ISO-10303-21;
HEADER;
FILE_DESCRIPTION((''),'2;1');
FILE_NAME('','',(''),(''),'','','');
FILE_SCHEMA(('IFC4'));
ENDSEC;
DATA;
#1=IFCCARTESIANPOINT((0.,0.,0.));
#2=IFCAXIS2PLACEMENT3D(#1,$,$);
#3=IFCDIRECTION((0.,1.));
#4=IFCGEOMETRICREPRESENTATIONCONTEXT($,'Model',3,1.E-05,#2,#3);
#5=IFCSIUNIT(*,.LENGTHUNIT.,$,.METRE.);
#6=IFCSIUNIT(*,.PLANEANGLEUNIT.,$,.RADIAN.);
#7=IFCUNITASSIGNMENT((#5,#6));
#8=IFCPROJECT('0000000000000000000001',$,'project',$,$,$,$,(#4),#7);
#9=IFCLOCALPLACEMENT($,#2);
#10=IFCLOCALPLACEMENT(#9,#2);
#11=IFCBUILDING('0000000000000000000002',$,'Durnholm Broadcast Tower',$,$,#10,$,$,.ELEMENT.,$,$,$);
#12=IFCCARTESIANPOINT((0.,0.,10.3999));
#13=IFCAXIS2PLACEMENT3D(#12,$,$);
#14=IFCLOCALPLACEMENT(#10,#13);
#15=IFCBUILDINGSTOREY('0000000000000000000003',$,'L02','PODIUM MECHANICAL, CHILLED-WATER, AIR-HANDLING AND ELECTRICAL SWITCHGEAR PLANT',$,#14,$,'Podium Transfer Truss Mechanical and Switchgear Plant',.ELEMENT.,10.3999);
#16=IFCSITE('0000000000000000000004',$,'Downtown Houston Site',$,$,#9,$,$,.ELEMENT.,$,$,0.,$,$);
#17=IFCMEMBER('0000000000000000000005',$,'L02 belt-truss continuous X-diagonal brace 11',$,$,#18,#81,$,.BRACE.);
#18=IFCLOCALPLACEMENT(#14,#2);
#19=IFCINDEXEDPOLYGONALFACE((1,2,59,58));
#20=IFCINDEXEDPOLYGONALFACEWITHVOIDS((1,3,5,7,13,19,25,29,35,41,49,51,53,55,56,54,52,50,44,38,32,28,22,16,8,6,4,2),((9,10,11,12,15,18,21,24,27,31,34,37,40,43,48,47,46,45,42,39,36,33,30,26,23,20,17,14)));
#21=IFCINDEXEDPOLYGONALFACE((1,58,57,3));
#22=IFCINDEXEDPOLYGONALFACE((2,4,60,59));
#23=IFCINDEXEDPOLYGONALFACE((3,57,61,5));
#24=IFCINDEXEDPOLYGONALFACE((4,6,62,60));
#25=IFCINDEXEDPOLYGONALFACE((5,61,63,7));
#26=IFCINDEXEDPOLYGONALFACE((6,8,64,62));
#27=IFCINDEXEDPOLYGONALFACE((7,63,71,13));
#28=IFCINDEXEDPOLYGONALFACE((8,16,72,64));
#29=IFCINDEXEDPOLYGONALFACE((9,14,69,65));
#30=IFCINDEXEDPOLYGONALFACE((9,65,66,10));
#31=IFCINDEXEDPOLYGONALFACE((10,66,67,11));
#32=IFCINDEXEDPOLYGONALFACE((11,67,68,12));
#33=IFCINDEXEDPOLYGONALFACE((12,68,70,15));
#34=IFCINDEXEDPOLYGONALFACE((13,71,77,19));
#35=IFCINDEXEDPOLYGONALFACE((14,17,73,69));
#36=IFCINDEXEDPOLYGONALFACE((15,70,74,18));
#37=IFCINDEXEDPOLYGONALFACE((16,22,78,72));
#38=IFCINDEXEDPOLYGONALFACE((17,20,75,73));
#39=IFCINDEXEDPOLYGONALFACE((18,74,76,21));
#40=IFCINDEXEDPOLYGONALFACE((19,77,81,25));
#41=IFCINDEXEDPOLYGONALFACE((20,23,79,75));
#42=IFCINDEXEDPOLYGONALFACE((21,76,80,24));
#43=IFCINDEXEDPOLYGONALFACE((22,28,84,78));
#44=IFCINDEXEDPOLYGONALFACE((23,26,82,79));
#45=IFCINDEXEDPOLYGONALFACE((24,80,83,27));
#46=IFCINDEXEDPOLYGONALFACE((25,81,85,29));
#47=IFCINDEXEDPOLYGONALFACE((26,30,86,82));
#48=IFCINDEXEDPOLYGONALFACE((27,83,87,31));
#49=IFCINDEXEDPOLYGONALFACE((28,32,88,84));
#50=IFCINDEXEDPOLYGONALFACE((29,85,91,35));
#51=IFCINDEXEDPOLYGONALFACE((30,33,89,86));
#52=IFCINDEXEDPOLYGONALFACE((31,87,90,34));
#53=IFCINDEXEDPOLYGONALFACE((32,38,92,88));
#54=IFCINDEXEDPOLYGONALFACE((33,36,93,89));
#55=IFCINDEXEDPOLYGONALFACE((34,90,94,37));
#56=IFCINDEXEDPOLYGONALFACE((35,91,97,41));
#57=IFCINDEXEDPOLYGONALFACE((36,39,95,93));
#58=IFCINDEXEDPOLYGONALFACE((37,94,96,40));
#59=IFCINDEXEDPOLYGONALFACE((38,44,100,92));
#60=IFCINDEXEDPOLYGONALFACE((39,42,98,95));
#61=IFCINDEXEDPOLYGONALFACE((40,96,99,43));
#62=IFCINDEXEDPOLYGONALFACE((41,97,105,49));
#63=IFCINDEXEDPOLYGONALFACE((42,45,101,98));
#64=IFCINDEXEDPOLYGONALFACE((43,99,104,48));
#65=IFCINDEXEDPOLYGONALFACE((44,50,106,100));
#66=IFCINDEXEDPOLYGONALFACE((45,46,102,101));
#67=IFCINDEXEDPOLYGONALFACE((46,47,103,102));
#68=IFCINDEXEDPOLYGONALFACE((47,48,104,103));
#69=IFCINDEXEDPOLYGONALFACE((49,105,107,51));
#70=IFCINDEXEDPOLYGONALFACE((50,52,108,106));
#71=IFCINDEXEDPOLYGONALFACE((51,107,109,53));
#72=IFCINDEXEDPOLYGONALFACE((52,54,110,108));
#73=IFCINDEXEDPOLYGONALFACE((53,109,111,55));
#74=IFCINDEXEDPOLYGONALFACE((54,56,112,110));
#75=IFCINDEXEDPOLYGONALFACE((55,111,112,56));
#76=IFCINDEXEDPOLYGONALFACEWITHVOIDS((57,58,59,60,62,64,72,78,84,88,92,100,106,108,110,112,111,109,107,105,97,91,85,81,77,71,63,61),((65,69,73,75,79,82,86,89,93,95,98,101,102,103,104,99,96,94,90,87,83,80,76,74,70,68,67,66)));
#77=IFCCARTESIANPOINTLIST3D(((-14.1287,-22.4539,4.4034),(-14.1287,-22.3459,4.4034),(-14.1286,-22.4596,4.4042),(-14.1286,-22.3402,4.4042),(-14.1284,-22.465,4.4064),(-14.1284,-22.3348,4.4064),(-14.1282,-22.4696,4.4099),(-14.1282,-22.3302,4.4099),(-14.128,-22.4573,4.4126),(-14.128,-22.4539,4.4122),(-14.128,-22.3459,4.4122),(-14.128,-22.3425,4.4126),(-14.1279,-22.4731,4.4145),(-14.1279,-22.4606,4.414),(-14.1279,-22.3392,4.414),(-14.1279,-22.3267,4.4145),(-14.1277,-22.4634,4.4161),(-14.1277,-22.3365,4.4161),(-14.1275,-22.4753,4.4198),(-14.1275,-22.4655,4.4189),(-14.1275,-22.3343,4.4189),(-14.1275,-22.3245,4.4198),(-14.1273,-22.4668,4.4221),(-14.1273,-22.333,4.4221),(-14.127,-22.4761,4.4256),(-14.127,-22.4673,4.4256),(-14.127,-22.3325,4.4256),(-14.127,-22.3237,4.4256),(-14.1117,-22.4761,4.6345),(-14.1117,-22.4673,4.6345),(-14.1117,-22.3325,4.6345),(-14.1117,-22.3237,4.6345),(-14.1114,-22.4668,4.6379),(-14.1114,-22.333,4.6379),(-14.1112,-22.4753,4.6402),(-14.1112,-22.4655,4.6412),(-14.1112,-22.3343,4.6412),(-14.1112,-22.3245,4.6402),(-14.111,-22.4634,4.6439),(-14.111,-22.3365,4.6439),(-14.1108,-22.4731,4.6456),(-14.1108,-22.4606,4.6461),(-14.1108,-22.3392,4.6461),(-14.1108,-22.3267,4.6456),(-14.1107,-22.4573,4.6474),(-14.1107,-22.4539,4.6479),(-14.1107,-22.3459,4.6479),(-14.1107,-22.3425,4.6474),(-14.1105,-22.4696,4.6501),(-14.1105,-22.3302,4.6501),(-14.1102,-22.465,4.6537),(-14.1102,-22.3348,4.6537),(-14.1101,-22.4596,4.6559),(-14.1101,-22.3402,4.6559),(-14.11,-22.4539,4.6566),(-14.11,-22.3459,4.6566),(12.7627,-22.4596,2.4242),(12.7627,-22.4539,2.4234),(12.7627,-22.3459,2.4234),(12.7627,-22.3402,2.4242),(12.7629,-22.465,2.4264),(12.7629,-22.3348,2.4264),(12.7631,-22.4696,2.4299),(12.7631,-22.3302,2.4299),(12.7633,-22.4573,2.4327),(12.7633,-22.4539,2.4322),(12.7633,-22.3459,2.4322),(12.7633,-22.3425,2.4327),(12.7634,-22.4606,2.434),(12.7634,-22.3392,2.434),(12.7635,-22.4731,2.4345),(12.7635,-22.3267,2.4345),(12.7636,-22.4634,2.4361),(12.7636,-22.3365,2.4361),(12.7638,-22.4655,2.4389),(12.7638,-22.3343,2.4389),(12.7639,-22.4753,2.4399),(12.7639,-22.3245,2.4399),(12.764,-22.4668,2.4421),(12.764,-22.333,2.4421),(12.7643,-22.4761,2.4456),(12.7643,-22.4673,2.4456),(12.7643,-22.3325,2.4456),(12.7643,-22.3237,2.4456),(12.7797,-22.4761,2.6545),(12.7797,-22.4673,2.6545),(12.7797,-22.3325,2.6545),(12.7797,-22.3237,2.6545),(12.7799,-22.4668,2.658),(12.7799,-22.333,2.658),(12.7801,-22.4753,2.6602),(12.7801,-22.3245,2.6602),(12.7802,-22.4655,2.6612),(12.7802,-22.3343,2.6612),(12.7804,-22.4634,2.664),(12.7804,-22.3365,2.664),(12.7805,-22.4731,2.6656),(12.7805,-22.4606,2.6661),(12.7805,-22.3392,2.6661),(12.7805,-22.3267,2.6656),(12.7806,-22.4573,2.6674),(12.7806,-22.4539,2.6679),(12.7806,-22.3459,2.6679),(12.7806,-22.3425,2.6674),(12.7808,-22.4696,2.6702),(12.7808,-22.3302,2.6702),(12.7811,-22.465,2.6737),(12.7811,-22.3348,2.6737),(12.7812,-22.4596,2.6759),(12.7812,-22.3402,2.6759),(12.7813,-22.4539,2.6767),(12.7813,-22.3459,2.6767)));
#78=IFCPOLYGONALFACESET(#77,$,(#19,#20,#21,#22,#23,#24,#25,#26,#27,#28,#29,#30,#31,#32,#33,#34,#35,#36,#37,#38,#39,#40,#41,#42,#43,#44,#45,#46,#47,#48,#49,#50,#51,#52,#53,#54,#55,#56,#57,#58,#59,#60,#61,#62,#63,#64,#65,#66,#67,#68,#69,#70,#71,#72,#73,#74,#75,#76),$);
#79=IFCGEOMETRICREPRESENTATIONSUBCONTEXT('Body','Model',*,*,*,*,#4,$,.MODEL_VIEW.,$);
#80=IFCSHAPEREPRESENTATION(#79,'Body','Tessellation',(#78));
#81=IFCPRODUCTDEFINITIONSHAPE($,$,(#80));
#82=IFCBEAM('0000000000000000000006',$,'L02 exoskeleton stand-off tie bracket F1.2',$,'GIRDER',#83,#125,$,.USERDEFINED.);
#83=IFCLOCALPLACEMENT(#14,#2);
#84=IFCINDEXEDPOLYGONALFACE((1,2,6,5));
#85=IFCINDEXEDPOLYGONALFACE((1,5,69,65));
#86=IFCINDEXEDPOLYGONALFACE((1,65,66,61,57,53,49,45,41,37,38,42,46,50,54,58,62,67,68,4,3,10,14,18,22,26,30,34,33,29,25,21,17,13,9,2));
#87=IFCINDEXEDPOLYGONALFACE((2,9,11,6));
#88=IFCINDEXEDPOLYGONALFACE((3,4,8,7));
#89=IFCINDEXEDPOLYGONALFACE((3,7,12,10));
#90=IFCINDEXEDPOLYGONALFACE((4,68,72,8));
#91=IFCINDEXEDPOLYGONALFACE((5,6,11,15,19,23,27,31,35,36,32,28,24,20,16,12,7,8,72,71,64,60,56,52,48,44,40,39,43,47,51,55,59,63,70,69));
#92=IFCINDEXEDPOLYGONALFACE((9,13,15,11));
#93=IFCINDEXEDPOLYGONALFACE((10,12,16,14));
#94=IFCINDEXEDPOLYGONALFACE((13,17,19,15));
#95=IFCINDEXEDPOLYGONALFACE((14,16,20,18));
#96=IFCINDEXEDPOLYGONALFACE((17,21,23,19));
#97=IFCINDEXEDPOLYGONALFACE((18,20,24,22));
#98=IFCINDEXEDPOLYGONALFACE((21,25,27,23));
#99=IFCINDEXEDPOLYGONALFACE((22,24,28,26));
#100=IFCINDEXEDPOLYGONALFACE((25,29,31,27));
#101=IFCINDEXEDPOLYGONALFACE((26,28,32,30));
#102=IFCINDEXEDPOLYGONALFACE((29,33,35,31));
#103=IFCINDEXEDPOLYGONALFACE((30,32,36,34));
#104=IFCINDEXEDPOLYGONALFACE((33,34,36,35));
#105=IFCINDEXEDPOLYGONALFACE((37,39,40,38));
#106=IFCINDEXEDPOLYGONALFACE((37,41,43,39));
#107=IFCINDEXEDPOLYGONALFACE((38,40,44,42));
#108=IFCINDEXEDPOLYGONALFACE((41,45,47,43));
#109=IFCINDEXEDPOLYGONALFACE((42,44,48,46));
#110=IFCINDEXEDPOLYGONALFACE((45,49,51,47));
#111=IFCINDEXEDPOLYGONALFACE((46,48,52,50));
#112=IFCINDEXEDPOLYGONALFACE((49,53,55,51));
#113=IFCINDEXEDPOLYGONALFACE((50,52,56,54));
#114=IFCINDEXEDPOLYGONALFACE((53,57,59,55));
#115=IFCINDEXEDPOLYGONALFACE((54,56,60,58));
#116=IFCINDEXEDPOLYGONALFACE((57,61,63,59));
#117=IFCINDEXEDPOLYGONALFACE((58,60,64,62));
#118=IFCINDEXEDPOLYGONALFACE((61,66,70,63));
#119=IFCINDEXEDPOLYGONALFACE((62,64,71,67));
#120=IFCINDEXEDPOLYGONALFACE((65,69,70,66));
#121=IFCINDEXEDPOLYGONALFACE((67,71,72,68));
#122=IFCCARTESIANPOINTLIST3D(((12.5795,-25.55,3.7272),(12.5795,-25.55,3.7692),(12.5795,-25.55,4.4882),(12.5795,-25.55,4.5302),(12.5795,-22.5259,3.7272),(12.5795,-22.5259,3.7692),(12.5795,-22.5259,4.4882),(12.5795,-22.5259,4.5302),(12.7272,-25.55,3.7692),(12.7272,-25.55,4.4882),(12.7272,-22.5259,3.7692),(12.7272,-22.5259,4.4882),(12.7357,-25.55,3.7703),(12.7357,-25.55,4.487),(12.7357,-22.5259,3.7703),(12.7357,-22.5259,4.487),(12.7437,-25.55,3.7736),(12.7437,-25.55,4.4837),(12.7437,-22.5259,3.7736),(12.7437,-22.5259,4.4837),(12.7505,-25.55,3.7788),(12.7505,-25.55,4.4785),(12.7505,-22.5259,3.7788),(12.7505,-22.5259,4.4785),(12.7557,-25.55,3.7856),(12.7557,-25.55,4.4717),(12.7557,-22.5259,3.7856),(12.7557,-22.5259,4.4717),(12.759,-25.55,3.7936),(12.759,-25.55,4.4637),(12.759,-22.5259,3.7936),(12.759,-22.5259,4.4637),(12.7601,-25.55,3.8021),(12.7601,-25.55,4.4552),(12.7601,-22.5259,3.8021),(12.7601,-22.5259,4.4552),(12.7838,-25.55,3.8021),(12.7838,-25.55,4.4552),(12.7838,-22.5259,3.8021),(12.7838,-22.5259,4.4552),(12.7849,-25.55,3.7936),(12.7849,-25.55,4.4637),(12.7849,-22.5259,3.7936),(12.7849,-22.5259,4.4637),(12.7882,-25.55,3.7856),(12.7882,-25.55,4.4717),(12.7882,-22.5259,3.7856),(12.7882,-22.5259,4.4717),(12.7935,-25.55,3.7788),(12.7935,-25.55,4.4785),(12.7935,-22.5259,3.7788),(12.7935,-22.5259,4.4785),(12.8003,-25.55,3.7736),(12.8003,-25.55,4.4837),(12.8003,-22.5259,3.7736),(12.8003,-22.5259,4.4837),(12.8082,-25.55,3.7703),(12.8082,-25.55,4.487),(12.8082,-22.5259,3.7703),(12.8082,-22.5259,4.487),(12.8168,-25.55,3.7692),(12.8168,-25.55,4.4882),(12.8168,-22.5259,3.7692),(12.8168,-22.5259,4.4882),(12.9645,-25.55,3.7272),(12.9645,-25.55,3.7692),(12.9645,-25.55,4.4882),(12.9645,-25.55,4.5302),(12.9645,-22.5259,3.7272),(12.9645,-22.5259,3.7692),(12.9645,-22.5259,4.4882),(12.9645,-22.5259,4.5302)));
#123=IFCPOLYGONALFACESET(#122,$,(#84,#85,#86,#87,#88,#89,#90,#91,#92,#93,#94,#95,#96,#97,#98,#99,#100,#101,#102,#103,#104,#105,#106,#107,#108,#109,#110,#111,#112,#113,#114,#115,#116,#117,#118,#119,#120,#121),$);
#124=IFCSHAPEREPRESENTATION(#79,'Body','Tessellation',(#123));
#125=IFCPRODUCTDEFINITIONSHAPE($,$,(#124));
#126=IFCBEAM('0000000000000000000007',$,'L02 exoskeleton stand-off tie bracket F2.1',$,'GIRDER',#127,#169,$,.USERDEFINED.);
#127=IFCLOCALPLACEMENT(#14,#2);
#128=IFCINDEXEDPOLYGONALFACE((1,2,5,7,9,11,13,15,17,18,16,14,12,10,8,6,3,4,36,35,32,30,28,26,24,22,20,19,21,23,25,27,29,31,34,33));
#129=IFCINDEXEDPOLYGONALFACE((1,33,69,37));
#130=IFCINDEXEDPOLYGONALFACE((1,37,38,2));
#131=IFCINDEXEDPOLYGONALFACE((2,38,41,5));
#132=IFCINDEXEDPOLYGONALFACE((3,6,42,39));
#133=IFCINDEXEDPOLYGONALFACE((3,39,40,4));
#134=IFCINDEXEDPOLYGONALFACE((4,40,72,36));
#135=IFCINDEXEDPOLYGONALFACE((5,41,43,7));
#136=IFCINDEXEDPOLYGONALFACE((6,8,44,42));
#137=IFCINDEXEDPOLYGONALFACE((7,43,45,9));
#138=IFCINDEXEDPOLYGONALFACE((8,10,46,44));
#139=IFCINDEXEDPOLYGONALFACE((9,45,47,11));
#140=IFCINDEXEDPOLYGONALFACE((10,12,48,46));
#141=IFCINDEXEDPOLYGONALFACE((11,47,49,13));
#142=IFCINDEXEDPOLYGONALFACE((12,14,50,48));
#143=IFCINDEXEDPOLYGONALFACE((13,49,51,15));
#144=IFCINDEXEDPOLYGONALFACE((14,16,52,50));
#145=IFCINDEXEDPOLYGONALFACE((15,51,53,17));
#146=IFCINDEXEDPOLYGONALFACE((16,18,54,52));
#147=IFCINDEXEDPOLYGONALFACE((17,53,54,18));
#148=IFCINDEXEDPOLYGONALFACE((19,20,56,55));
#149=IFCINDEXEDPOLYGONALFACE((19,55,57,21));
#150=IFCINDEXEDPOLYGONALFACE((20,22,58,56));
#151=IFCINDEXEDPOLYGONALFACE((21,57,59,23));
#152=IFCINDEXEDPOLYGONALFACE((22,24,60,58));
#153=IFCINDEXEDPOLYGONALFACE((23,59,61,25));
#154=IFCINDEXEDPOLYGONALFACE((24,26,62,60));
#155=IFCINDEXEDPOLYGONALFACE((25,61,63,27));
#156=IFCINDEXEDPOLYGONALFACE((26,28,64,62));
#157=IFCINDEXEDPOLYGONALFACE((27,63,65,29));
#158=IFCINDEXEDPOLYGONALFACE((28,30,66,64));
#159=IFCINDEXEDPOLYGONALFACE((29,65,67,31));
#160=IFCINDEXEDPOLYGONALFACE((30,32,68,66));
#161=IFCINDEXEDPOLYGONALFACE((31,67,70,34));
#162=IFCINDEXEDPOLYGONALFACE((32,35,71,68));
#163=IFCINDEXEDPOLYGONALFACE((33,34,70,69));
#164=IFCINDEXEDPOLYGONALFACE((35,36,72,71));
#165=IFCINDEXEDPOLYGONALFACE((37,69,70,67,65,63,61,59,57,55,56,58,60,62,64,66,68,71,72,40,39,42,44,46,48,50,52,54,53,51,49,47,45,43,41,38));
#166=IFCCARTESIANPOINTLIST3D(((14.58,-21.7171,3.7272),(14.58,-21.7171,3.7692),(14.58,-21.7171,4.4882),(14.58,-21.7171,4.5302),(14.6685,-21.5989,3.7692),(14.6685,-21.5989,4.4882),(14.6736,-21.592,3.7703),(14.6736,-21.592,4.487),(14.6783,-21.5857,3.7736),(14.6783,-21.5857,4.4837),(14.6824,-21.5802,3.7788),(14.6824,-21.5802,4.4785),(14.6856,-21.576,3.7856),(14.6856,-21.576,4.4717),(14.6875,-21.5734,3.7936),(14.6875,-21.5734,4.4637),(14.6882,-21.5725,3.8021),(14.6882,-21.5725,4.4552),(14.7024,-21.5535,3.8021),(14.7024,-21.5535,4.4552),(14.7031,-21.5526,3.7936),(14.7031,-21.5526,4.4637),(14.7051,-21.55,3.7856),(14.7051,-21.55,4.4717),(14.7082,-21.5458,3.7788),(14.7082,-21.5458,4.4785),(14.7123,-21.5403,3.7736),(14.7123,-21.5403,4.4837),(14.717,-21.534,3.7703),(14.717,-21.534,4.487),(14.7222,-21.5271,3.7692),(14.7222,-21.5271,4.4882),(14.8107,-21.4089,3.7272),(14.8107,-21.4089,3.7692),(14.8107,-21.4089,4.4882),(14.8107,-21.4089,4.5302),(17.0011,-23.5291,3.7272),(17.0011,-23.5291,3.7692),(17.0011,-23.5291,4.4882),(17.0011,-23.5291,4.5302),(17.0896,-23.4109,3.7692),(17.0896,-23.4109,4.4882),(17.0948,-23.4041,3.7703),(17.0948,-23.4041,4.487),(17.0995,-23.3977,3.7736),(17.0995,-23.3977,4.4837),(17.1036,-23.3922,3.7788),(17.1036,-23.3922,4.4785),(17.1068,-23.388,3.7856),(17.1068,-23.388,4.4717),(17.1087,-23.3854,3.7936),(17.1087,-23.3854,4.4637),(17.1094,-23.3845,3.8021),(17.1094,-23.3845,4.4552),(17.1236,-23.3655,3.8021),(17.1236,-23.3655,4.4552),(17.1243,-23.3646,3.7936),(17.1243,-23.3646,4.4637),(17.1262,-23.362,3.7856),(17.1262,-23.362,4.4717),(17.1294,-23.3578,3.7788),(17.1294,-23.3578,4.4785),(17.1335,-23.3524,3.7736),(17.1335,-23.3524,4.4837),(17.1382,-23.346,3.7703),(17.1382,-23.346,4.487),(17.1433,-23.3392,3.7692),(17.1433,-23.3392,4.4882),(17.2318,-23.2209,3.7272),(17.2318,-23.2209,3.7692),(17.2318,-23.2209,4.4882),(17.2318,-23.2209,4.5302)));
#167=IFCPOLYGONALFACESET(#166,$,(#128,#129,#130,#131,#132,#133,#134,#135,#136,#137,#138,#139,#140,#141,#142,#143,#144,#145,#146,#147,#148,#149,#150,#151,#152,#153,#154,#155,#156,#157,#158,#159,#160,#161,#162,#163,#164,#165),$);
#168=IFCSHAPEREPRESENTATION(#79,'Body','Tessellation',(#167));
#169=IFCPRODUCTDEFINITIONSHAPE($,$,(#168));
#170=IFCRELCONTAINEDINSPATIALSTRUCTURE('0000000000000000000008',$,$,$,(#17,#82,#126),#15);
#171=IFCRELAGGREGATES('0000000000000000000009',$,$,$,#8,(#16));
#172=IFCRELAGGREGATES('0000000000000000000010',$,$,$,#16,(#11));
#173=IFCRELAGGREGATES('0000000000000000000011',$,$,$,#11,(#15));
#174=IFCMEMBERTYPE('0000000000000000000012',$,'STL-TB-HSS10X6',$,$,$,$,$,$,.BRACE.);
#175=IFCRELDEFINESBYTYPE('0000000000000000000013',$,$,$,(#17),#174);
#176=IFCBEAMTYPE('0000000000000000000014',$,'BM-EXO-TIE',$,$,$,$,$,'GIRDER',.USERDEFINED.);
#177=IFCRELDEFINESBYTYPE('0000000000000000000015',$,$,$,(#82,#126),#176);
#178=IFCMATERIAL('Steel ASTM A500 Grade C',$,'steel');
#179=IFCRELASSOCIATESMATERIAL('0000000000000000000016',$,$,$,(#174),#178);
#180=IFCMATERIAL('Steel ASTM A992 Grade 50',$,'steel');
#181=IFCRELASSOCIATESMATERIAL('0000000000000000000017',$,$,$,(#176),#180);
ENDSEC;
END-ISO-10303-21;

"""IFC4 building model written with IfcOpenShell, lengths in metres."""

from ifc_helpers import new_model, si_unit, direction, frame, origin, origin_2d, place, context, subcontext, project, spatial, hollow_rectangle, i_section, extrude, source, transform, mapped, material, material_profile, profile_set, type_object, type_shapes, element, save


model = new_model("IFC4")

# Units and contexts
model_context = context("Model", 3, precision=1e-05, world=origin(), true_north=direction((0.0, 1.0)))
body_context = subcontext(model_context, "Body", "Model", "MODEL_VIEW")
ifc_project = project(units=[si_unit("LENGTHUNIT", "METRE"), si_unit("PLANEANGLEUNIT", "RADIAN")], contexts=[model_context])

# Site, building, storey
site_placement = place(None, origin())
site = spatial("IfcSite", under=ifc_project, at=site_placement, Name="Downtown Houston Site", CompositionType="ELEMENT", RefElevation=0.0)
building_placement = place(site_placement, origin())
building = spatial("IfcBuilding", under=site, at=building_placement, Name="Durnholm Broadcast Tower", CompositionType="ELEMENT")
storey_placement = place(building_placement, frame((0.0, 0.0, 10.3999)))
storey = spatial("IfcBuildingStorey", under=building, at=storey_placement, Name="L02", Description="PODIUM MECHANICAL, CHILLED-WATER, AIR-HANDLING AND ELECTRICAL SWITCHGEAR PLANT", LongName="Podium Transfer Truss Mechanical and Switchgear Plant", CompositionType="ELEMENT", Elevation=10.3999)

# Shared definitions
ifc_material_1 = material(Name="Steel ASTM A992 Grade 50", Category="steel")

# Member
ifc_material_2 = material(Name="Steel ASTM A500 Grade C", Category="steel")
ifc_material_profile_1 = material_profile(ifc_material_2, hollow_rectangle(XDim=0.1523, YDim=0.2539, WallThickness=0.0088, InnerFilletRadius=0.0134, OuterFilletRadius=0.0222, at=origin_2d()), Name="HSS10X6X3/8")
ifc_profile_set_1 = profile_set([ifc_material_profile_1], Name="Steel ASTM A500 Grade C")
member_type_1 = type_object("IfcMemberType", Name="STL-TB-HSS10X6", PredefinedType="BRACE", material=ifc_profile_set_1)
shared_shape_1 = source(origin(), body_context, "Body", "SweptSolid", [
    extrude(hollow_rectangle(XDim=0.1523, YDim=0.2539, WallThickness=0.0088, InnerFilletRadius=0.0134, OuterFilletRadius=0.0222, at=origin_2d()), origin(), (0.0, 0.0, 1.0), 26.9641),
])
type_shapes(member_type_1, [shared_shape_1])
member_1_placement = place(storey_placement, frame((12.772, -22.3999, 2.55), z_axis=(-0.9973, 0.0, 0.07343), x_axis=(0.0, -1.0, 0.0)))
element("IfcMember", 1, at=member_1_placement, inside=storey, type_object=member_type_1, Name="L02 belt-truss continuous X-diagonal brace 11", PredefinedType="BRACE", context=body_context, shape_type="MappedRepresentation", body=[
    mapped(shared_shape_1, transform((0.0, 0.0, 0.0), x_axis=(1.0, 0.0, 0.0), y_axis=(0.0, 1.0, 0.0), z_axis=(0.0, 0.0, 1.0), scale=1.0)),
])

# Beams
ifc_material_profile_2 = material_profile(ifc_material_1, i_section(OverallWidth=0.385, OverallDepth=0.803, WebThickness=0.0237, FlangeThickness=0.042, FilletRadius=0.033, at=origin_2d()), Name="W30X261")
ifc_profile_set_2 = profile_set([ifc_material_profile_2], Name="Steel ASTM A992 Grade 50")
beam_type_1 = type_object("IfcBeamType", Name="BM-EXO-TIE", ElementType="GIRDER", PredefinedType="USERDEFINED", material=ifc_profile_set_2)
shared_shape_2 = source(origin(), body_context, "Body", "SweptSolid", [
    extrude(i_section(OverallWidth=0.385, OverallDepth=0.803, WebThickness=0.0237, FlangeThickness=0.042, FilletRadius=0.033, at=origin_2d()), origin(), (0.0, 0.0, 1.0), 3.0242),
])
for number, where, z_axis, x_axis, name in (
    (2, (12.772, -22.5259, 4.1287), (0.0, -1.0, 0.0), (1.0, 0.0, 0.0), "L02 exoskeleton stand-off tie bracket F1.2"),
    (3, (14.6953, -21.563, 4.1287), (0.80061, -0.599186, 0.0), (0.599186, 0.80061, 0.0), "L02 exoskeleton stand-off tie bracket F2.1"),
):
    element("IfcBeam", number, at=place(storey_placement, frame(where, z_axis=z_axis, x_axis=x_axis)), inside=storey, type_object=beam_type_1, Name=name, ObjectType="GIRDER", PredefinedType="USERDEFINED", context=body_context, shape_type="MappedRepresentation", body=[
        mapped(shared_shape_2, transform((0.0, 0.0, 0.0), x_axis=(1.0, 0.0, 0.0), y_axis=(0.0, 1.0, 0.0), z_axis=(0.0, 0.0, 1.0), scale=1.0)),
    ])

save(model, "model.ifc")
